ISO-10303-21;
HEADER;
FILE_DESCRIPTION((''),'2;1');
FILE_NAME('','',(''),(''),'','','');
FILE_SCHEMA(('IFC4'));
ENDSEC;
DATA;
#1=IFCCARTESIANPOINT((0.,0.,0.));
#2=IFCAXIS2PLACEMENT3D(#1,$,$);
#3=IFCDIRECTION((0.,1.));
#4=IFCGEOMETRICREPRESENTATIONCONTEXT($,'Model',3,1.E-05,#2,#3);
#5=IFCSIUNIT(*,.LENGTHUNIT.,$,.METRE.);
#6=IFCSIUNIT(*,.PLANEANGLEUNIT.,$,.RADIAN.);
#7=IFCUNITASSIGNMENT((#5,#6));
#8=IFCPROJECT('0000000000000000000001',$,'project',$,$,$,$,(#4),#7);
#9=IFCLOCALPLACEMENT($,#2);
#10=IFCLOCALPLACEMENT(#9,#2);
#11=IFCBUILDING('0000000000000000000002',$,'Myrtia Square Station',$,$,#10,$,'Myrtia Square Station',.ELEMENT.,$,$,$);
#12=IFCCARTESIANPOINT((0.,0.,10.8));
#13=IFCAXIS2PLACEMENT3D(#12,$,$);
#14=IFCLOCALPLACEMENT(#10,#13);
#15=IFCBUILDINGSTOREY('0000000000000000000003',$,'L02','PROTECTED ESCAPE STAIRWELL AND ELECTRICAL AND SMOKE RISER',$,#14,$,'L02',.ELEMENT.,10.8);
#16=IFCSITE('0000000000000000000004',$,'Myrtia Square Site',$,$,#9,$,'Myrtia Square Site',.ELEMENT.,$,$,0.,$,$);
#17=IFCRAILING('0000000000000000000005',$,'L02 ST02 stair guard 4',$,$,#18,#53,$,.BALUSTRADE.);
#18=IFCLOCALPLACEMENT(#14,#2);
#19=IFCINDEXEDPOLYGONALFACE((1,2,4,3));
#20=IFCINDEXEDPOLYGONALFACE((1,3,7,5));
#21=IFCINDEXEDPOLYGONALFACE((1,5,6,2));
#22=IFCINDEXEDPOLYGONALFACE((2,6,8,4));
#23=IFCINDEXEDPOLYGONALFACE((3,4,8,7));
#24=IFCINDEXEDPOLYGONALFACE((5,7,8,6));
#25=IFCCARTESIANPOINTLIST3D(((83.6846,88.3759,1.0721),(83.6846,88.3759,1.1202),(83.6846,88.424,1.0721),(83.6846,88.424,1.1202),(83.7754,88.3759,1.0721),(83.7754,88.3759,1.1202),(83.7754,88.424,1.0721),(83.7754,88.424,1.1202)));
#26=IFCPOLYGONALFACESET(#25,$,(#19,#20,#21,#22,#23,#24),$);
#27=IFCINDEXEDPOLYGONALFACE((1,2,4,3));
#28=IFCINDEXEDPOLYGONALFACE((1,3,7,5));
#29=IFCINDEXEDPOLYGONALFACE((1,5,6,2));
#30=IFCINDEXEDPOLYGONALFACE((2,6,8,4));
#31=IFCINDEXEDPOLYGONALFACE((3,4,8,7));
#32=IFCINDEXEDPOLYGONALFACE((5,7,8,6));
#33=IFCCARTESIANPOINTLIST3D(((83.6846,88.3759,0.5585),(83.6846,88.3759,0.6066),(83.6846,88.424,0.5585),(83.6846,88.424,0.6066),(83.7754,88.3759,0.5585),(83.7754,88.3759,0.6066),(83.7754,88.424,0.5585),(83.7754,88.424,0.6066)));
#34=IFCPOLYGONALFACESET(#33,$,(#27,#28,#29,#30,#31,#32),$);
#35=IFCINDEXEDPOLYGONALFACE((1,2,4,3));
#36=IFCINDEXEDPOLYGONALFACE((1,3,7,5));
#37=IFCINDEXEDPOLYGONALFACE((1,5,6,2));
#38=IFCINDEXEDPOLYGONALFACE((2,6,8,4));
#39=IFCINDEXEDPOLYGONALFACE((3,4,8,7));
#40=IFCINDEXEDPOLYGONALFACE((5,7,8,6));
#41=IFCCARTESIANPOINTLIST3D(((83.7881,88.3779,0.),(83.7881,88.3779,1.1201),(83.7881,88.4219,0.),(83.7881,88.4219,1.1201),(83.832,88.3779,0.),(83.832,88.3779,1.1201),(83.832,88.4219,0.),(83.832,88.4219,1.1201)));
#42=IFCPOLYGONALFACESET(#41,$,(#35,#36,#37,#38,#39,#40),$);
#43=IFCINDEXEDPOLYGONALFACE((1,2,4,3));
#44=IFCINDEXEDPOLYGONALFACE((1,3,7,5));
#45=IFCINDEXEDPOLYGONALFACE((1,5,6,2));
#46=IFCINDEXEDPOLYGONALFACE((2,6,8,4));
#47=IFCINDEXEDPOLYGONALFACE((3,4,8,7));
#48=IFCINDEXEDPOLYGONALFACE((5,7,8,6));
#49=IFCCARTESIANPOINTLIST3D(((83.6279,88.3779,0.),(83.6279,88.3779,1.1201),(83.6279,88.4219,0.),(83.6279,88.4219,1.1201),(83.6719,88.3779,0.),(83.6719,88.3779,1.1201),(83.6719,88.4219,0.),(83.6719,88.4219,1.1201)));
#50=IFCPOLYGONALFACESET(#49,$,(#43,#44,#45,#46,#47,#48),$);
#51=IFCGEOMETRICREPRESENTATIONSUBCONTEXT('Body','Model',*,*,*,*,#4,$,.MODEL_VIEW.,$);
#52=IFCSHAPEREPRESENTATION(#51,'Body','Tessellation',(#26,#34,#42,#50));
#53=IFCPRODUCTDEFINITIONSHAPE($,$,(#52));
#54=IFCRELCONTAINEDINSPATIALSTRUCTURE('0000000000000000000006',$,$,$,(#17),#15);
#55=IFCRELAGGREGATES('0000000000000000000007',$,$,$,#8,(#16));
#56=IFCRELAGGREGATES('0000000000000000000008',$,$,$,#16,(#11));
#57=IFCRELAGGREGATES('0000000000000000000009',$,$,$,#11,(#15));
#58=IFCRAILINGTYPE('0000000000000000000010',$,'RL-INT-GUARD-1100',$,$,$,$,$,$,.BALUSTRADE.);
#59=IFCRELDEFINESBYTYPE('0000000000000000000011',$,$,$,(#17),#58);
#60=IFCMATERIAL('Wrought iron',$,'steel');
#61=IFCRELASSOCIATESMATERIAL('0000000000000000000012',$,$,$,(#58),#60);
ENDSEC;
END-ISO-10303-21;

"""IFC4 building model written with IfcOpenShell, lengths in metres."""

from ifc_helpers import new_model, si_unit, direction, frame, origin, origin_2d, place, context, subcontext, project, spatial, rectangle, extrude, material, type_object, element, save


model = new_model("IFC4")

# Units and contexts
model_context = context("Model", 3, precision=1e-05, world=origin(), true_north=direction((0.0, 1.0)))
body_context = subcontext(model_context, "Body", "Model", "MODEL_VIEW")
ifc_project = project(units=[si_unit("LENGTHUNIT", "METRE"), si_unit("PLANEANGLEUNIT", "RADIAN")], contexts=[model_context])

# Site, building, storey
site_placement = place(None, origin())
site = spatial("IfcSite", under=ifc_project, at=site_placement, Name="Myrtia Square Site", LongName="Myrtia Square Site", CompositionType="ELEMENT", RefElevation=0.0)
building_placement = place(site_placement, origin())
building = spatial("IfcBuilding", under=site, at=building_placement, Name="Myrtia Square Station", LongName="Myrtia Square Station", CompositionType="ELEMENT")
storey_placement = place(building_placement, frame((0.0, 0.0, 10.8)))
storey = spatial("IfcBuildingStorey", under=building, at=storey_placement, Name="L02", Description="PROTECTED ESCAPE STAIRWELL AND ELECTRICAL AND SMOKE RISER", LongName="L02", CompositionType="ELEMENT", Elevation=10.8)

# Railing
ifc_material_1 = material(Name="Wrought iron", Category="steel")
railing_type_1 = type_object("IfcRailingType", Name="RL-INT-GUARD-1100", PredefinedType="BALUSTRADE", material=ifc_material_1)
railing_1_placement = place(storey_placement, frame((83.8101, 88.3999, 0.0)))
element("IfcRailing", 1, at=railing_1_placement, inside=storey, type_object=railing_type_1, Name="L02 ST02 stair guard 4", PredefinedType="BALUSTRADE", context=body_context, shape_type="SweptSolid", body=[
    extrude(rectangle(XDim=0.0481, YDim=0.0481, at=origin_2d()), frame((-0.0347, 0.0, 1.0962), z_axis=(-1.0, 0.0, 0.0), x_axis=(0.0, -1.0, 0.0)), (0.0, 0.0, 1.0), 0.0908),
    extrude(rectangle(XDim=0.0481, YDim=0.0481, at=origin_2d()), frame((-0.0347, 0.0, 0.5825), z_axis=(-1.0, 0.0, 0.0), x_axis=(0.0, -1.0, 0.0)), (0.0, 0.0, 1.0), 0.0908),
    extrude(rectangle(XDim=0.0439, YDim=0.0439, at=origin_2d()), origin(), (0.0, 0.0, 1.0), 1.1201),
    extrude(rectangle(XDim=0.0439, YDim=0.0439, at=origin_2d()), frame((-0.1602, 0.0, 0.0)), (0.0, 0.0, 1.0), 1.1201),
])

save(model, "model.ifc")
